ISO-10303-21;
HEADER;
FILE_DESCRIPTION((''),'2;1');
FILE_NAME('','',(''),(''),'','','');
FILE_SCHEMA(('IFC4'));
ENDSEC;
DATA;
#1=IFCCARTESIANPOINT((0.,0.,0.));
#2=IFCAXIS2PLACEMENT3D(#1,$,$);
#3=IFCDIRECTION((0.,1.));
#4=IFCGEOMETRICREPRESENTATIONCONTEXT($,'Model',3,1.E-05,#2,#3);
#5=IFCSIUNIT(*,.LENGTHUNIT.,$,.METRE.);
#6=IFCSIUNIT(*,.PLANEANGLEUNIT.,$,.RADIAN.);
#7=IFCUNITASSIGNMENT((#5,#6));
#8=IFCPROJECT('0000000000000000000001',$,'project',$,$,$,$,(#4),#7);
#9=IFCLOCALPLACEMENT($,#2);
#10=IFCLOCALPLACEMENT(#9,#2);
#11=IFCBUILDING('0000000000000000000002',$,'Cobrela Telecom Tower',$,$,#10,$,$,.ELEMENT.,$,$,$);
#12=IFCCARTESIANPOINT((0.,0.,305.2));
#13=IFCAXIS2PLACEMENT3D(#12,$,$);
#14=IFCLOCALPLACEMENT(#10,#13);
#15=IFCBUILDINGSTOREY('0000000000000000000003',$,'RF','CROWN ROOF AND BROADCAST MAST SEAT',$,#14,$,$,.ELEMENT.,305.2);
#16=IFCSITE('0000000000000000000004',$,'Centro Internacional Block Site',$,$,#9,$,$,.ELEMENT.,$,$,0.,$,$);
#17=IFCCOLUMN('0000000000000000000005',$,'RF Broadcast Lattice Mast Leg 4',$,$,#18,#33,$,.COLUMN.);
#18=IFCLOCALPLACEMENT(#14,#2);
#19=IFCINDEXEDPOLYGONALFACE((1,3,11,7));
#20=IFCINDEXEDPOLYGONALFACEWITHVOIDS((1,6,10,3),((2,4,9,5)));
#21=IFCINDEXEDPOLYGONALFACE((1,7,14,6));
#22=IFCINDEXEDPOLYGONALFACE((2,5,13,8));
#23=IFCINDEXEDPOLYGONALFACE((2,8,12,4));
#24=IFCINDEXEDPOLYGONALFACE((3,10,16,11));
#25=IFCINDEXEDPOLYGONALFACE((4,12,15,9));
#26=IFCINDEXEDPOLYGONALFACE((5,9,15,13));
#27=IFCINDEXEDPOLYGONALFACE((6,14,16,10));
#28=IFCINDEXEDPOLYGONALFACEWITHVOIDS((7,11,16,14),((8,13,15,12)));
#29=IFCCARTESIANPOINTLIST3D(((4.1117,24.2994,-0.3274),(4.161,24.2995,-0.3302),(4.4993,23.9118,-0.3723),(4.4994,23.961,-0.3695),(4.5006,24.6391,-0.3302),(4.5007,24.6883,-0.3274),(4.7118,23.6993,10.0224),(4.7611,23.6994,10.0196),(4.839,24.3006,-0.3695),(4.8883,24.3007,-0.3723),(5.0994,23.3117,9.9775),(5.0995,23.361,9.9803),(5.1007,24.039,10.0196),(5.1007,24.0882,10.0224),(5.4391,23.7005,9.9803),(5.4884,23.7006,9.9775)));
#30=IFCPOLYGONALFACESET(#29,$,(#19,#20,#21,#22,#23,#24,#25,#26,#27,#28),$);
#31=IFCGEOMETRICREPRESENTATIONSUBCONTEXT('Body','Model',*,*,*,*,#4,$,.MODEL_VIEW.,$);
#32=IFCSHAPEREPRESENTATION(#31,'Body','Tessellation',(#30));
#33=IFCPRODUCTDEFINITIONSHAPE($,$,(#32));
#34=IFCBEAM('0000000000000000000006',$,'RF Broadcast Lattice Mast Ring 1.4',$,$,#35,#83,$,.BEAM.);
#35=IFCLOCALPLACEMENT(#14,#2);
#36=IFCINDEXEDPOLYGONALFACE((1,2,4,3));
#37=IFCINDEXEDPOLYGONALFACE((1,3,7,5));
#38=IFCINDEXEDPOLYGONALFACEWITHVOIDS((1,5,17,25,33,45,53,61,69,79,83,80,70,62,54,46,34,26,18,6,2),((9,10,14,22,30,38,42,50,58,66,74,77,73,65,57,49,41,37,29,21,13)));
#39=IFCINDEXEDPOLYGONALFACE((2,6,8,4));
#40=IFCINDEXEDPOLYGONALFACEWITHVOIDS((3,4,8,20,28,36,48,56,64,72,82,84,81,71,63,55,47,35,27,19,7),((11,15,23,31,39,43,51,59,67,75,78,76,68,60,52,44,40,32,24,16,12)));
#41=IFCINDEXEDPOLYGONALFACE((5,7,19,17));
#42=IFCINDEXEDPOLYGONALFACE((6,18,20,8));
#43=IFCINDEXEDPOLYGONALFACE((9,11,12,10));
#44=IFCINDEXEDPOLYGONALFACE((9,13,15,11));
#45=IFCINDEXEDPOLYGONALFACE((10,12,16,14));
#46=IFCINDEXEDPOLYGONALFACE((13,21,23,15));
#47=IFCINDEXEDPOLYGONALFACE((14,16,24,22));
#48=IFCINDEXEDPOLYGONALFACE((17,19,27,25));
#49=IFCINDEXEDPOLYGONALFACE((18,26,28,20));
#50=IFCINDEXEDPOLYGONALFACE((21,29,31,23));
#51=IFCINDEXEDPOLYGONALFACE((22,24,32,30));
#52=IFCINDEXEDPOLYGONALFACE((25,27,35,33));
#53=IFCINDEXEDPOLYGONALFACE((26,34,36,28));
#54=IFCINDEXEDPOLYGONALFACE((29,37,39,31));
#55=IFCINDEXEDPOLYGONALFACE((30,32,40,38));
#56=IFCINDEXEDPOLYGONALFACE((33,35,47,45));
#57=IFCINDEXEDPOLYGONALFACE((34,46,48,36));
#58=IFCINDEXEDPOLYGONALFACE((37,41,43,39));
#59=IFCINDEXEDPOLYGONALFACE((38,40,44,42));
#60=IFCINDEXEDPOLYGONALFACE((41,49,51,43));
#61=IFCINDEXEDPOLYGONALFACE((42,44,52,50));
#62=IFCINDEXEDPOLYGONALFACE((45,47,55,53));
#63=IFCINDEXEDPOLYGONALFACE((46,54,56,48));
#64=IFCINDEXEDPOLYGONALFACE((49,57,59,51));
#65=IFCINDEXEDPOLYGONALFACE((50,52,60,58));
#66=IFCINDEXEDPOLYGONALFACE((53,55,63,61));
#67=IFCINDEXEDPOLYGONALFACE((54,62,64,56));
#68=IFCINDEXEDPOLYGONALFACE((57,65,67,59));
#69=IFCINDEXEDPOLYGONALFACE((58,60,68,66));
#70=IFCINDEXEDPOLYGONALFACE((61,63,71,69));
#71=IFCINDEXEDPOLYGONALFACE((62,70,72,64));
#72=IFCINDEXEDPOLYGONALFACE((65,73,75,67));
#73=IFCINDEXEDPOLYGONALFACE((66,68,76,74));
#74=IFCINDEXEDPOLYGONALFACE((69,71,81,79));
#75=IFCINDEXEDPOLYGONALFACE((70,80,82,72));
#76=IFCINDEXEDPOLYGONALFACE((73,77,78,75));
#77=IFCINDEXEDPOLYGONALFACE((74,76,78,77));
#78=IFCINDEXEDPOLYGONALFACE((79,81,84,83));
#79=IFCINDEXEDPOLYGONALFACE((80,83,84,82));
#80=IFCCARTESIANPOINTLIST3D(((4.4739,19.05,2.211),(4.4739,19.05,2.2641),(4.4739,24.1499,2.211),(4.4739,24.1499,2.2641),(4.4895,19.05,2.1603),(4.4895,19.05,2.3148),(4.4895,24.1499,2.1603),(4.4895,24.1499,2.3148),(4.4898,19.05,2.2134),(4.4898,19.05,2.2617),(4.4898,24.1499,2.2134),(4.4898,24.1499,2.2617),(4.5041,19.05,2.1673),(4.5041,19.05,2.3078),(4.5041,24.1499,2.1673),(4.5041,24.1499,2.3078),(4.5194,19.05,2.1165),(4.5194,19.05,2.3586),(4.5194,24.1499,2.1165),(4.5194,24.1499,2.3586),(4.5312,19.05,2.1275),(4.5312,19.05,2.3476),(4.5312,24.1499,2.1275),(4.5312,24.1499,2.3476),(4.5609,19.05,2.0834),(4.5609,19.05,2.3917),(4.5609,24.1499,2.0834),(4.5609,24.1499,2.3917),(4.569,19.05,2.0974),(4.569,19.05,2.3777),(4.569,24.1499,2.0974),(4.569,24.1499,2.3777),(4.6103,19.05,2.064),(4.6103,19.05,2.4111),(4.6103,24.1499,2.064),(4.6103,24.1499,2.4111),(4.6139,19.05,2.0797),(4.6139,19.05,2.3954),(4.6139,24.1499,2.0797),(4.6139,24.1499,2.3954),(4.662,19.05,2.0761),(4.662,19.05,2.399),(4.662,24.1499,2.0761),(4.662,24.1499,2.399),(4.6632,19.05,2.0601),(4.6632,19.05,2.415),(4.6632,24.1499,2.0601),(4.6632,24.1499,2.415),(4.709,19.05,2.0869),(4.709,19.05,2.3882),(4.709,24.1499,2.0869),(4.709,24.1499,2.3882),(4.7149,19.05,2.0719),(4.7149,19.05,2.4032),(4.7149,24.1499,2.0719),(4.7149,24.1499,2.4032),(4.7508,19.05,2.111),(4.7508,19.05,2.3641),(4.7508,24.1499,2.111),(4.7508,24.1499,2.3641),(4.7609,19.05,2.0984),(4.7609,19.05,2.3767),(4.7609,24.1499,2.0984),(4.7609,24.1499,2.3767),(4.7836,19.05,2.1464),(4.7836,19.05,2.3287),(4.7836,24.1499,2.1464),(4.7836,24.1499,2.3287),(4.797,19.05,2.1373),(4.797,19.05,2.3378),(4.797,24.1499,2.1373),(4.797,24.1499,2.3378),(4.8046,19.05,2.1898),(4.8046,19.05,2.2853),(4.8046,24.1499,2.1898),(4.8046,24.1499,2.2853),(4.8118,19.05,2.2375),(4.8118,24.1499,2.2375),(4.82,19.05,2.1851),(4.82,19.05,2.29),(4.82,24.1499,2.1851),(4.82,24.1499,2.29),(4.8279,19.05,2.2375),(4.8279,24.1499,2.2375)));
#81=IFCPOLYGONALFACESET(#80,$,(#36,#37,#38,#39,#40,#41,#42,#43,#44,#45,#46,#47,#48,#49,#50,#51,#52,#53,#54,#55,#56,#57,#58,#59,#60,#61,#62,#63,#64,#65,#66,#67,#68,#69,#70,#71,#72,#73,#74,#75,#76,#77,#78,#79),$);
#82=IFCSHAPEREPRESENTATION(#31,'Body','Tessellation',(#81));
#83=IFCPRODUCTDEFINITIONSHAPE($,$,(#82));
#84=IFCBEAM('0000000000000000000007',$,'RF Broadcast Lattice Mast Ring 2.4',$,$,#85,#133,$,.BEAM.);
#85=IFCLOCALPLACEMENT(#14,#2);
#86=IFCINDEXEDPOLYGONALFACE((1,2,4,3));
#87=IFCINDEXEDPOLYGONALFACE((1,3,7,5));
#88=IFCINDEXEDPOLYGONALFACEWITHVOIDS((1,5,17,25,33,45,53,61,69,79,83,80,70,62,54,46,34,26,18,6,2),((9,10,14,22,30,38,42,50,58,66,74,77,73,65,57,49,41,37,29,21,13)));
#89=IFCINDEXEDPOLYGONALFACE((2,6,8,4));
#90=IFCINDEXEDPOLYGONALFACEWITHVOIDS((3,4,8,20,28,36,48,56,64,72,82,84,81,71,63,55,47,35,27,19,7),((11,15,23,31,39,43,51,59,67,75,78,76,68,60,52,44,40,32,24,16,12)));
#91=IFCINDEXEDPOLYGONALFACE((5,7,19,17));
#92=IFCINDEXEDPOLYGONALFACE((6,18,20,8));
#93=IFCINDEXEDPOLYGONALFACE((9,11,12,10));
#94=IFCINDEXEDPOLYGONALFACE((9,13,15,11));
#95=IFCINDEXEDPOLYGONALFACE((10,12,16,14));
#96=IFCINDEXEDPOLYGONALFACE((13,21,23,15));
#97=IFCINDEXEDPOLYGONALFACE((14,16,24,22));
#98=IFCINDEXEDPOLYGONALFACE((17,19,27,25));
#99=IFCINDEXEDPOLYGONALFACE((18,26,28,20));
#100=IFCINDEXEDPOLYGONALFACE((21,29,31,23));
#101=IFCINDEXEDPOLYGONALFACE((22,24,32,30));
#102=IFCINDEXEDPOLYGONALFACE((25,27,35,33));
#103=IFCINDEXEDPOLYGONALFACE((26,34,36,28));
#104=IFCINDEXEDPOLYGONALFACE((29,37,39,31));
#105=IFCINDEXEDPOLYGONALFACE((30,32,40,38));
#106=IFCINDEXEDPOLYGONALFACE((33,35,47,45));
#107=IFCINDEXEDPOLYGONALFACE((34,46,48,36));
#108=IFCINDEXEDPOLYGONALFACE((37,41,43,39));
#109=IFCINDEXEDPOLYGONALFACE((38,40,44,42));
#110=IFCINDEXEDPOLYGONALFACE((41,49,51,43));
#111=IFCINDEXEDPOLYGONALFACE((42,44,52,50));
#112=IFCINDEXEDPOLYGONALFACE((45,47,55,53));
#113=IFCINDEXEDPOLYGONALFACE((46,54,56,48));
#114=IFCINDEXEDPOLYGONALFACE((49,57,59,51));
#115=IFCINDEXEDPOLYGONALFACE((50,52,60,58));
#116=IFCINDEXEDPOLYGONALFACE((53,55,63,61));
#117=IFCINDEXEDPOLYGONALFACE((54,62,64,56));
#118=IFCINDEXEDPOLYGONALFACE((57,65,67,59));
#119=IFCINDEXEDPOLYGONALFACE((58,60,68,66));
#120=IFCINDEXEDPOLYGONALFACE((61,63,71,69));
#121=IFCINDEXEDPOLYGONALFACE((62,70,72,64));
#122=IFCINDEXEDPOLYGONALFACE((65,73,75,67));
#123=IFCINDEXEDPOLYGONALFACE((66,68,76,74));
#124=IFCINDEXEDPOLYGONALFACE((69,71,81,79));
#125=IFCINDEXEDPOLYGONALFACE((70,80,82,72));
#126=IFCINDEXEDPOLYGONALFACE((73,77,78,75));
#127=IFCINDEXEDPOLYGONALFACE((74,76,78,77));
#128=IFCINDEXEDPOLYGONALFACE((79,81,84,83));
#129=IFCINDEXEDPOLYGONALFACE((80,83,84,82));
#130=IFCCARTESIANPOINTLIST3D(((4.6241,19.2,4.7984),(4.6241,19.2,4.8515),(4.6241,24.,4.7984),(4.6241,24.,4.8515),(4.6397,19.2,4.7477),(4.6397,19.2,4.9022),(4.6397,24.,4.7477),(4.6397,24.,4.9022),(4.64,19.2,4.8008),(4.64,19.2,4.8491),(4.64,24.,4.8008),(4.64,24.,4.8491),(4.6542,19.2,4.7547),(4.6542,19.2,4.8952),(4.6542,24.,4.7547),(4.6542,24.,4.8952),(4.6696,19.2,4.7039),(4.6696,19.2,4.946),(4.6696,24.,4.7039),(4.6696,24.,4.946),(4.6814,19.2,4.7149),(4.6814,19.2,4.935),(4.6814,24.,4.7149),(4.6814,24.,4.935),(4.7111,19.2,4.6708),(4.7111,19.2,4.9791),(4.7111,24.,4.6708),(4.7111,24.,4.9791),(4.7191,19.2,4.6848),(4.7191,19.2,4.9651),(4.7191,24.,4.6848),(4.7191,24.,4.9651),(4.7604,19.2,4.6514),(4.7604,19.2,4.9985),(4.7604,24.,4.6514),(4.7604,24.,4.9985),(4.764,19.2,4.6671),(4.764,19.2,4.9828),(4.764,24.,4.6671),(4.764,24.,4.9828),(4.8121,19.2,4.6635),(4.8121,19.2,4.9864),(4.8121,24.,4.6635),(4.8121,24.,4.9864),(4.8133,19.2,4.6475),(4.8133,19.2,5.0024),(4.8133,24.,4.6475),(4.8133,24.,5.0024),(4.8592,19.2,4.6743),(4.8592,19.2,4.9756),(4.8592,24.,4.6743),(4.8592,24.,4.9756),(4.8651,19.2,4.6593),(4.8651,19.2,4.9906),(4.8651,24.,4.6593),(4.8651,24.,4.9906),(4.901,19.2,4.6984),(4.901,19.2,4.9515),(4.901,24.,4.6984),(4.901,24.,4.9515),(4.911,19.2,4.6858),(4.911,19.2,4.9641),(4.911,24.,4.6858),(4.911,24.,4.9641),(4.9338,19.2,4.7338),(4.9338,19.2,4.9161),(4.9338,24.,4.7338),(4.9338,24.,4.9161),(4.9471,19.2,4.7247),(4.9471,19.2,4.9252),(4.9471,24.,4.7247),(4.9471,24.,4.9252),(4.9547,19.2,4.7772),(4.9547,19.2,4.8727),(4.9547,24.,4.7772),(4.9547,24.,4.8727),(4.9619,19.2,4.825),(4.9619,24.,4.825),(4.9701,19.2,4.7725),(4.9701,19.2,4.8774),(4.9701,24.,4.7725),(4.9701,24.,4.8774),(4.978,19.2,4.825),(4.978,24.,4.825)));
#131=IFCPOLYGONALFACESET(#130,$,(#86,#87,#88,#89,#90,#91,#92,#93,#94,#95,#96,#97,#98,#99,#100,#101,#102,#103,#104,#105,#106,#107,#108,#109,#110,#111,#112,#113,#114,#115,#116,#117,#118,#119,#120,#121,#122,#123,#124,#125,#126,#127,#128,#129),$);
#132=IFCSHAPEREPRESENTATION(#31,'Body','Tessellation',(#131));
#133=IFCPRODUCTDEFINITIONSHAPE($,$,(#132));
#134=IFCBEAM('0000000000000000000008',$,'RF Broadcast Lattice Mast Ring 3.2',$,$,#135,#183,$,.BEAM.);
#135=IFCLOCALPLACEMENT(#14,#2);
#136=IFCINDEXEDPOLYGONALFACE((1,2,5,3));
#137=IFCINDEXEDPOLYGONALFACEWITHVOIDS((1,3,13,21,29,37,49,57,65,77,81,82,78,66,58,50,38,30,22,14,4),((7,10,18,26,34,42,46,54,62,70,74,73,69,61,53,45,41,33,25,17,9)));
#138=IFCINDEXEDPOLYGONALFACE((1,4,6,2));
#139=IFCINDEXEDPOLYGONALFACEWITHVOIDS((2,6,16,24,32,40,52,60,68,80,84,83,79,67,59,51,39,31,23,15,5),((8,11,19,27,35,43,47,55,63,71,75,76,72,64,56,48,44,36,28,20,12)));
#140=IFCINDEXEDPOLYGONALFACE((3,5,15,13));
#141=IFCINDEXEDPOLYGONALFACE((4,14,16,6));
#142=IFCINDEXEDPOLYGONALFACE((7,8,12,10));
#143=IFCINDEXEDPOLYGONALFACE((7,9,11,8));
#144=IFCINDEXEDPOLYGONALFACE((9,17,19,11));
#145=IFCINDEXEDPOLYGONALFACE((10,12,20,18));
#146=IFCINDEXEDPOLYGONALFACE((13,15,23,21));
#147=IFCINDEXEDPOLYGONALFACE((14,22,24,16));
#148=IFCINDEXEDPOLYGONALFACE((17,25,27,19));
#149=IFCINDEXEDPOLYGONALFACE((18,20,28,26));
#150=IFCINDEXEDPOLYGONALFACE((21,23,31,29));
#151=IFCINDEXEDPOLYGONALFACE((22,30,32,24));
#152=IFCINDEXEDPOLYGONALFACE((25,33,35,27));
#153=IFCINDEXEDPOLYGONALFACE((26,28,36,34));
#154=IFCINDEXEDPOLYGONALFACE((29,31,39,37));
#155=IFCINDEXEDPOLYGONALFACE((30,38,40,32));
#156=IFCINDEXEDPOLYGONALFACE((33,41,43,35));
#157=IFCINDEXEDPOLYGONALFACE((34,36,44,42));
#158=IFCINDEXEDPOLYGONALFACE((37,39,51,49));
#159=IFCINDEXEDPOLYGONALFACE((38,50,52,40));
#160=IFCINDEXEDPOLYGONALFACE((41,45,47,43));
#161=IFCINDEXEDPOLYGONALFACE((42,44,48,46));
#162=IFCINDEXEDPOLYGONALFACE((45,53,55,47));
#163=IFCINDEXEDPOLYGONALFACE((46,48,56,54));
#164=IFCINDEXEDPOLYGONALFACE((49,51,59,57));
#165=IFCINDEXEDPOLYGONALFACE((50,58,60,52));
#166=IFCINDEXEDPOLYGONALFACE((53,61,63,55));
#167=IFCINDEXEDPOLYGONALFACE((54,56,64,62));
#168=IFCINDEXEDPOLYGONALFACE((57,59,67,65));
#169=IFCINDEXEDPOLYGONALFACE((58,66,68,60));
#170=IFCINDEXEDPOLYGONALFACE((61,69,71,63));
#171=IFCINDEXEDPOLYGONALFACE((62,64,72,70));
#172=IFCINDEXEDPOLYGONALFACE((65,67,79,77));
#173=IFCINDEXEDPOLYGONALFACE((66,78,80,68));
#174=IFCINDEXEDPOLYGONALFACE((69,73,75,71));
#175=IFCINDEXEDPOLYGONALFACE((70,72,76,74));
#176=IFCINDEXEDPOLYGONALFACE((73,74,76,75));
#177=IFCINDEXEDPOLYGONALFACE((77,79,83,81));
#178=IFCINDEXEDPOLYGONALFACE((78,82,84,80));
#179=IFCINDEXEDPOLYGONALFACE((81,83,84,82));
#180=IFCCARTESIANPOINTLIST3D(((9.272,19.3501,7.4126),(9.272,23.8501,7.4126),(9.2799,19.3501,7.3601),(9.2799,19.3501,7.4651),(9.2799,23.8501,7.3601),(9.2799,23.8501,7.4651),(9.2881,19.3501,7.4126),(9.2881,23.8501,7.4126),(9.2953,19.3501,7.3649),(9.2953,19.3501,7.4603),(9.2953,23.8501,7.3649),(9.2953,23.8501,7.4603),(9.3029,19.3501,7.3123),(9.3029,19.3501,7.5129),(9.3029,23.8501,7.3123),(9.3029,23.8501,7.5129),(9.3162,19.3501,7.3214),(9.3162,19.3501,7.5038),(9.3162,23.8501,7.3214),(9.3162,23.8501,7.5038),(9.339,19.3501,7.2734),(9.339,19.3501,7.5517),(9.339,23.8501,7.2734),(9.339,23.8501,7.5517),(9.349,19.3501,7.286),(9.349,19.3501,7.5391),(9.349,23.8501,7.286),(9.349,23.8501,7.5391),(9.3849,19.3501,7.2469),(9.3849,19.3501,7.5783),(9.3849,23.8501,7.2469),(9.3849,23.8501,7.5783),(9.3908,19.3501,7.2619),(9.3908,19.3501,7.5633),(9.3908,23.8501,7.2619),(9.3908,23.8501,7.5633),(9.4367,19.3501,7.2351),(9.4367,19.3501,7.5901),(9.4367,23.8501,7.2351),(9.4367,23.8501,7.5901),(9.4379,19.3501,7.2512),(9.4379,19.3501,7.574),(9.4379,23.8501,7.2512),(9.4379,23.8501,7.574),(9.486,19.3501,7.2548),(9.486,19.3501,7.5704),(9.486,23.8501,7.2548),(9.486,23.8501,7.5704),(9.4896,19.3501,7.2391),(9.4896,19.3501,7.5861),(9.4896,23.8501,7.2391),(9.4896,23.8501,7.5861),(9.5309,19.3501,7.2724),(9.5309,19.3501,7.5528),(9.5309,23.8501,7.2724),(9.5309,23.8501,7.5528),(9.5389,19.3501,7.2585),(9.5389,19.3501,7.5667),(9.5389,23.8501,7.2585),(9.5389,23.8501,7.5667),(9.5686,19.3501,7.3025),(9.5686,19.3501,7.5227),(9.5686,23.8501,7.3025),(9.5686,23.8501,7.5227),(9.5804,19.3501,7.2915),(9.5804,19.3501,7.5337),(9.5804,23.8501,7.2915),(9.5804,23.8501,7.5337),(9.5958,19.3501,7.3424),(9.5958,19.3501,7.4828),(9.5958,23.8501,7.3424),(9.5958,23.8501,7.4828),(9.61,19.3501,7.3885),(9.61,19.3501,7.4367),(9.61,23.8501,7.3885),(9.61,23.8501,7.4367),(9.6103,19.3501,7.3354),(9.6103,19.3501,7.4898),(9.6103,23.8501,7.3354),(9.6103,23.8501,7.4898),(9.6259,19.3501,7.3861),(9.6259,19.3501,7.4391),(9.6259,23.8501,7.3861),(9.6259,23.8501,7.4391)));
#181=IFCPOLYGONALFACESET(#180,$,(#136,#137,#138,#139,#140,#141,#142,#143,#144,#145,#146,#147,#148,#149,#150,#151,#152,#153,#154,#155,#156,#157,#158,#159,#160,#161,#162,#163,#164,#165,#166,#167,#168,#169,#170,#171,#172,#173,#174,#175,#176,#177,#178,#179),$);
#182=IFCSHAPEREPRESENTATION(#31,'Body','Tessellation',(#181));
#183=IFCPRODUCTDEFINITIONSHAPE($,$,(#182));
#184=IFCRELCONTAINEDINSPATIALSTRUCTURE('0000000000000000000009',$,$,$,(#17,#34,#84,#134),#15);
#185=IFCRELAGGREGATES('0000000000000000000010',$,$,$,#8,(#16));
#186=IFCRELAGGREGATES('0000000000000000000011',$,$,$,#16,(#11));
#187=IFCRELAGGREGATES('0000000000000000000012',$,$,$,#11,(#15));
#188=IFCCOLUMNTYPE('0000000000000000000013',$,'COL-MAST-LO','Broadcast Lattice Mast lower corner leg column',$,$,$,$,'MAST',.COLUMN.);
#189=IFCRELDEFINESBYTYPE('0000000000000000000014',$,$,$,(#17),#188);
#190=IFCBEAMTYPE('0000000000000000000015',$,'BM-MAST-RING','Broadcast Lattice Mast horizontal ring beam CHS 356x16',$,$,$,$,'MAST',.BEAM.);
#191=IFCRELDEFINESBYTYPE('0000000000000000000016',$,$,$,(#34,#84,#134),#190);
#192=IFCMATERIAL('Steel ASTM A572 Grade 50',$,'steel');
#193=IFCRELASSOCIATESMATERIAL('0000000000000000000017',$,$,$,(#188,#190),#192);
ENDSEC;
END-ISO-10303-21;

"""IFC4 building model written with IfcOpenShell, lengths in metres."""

from ifc_helpers import new_model, si_unit, direction, frame, origin, origin_2d, place, context, subcontext, project, spatial, hollow_rectangle, hollow_circle, extrude, material, material_profile, profile_set, type_object, element, save


model = new_model("IFC4")

# Units and contexts
model_context = context("Model", 3, precision=1e-05, world=origin(), true_north=direction((0.0, 1.0)))
body_context = subcontext(model_context, "Body", "Model", "MODEL_VIEW")
ifc_project = project(units=[si_unit("LENGTHUNIT", "METRE"), si_unit("PLANEANGLEUNIT", "RADIAN")], contexts=[model_context])

# Site, building, storey
site_placement = place(None, origin())
site = spatial("IfcSite", under=ifc_project, at=site_placement, Name="Centro Internacional Block Site", CompositionType="ELEMENT", RefElevation=0.0)
building_placement = place(site_placement, origin())
building = spatial("IfcBuilding", under=site, at=building_placement, Name="Cobrela Telecom Tower", CompositionType="ELEMENT")
storey_placement = place(building_placement, frame((0.0, 0.0, 305.2)))
storey = spatial("IfcBuildingStorey", under=building, at=storey_placement, Name="RF", Description="CROWN ROOF AND BROADCAST MAST SEAT", CompositionType="ELEMENT", Elevation=305.2)

# Column
ifc_material_1 = material(Name="Steel ASTM A572 Grade 50", Category="steel")
ifc_material_profile_1 = material_profile(ifc_material_1, hollow_rectangle(XDim=0.55, YDim=0.55, WallThickness=0.0349, at=origin_2d()), Name="BOX 550x550x35")
ifc_profile_set_1 = profile_set([ifc_material_profile_1], Name="Steel ASTM A572 Grade 50")
column_type = type_object("IfcColumnType", Name="COL-MAST-LO", Description="Broadcast Lattice Mast lower corner leg column", ElementType="MAST", PredefinedType="COLUMN", material=ifc_profile_set_1)
column_placement = place(storey_placement, frame((4.5, 24.3, -0.3499), z_axis=(0.057787, -0.057787, 0.996655), x_axis=(0.707107, 0.707107, 0.0)))
element("IfcColumn", 1, at=column_placement, inside=storey, type_object=column_type, Name="RF Broadcast Lattice Mast Leg 4", PredefinedType="COLUMN", context=body_context, shape_type="SweptSolid", body=[
    extrude(hollow_rectangle(XDim=0.55, YDim=0.55, WallThickness=0.0349, at=origin_2d()), origin(), (0.0, 0.0, 1.0), 10.3845),
])

# Beams
ifc_material_profile_2 = material_profile(ifc_material_1, hollow_circle(Radius=0.178, WallThickness=0.0161, at=origin_2d()), Name="CHS 356x16")
ifc_profile_set_2 = profile_set([ifc_material_profile_2], Name="Steel ASTM A572 Grade 50")
beam_type_1 = type_object("IfcBeamType", Name="BM-MAST-RING", Description="Broadcast Lattice Mast horizontal ring beam CHS 356x16", ElementType="MAST", PredefinedType="BEAM", material=ifc_profile_set_2)
beam_1_placement = place(storey_placement, frame((4.6499, 24.1499, 2.2375), z_axis=(0.0, -1.0, 0.0), x_axis=(1.0, 0.0, 0.0)))
element("IfcBeam", 2, at=beam_1_placement, inside=storey, type_object=beam_type_1, Name="RF Broadcast Lattice Mast Ring 1.4", PredefinedType="BEAM", context=body_context, shape_type="SweptSolid", body=[
    extrude(hollow_circle(Radius=0.178, WallThickness=0.0161, at=origin_2d()), origin(), (0.0, 0.0, 1.0), 5.0999),
])
beam_2_placement = place(storey_placement, frame((4.8, 24.0, 4.825), z_axis=(0.0, -1.0, 0.0), x_axis=(1.0, 0.0, 0.0)))
element("IfcBeam", 3, at=beam_2_placement, inside=storey, type_object=beam_type_1, Name="RF Broadcast Lattice Mast Ring 2.4", PredefinedType="BEAM", context=body_context, shape_type="SweptSolid", body=[
    extrude(hollow_circle(Radius=0.178, WallThickness=0.0161, at=origin_2d()), origin(), (0.0, 0.0, 1.0), 4.8),
])
for number, where, z_axis, x_axis, name in (
    (4, (9.45, 19.3501, 7.4126), (0.0, 1.0, 0.0), (-1.0, 0.0, 0.0), "RF Broadcast Lattice Mast Ring 3.2"),
):
    element("IfcBeam", number, at=place(storey_placement, frame(where, z_axis=z_axis, x_axis=x_axis)), inside=storey, type_object=beam_type_1, Name=name, PredefinedType="BEAM", context=body_context, shape_type="SweptSolid", body=[
        extrude(hollow_circle(Radius=0.178, WallThickness=0.0161, at=origin_2d()), origin(), (0.0, 0.0, 1.0), 4.5),
    ])

save(model, "model.ifc")
